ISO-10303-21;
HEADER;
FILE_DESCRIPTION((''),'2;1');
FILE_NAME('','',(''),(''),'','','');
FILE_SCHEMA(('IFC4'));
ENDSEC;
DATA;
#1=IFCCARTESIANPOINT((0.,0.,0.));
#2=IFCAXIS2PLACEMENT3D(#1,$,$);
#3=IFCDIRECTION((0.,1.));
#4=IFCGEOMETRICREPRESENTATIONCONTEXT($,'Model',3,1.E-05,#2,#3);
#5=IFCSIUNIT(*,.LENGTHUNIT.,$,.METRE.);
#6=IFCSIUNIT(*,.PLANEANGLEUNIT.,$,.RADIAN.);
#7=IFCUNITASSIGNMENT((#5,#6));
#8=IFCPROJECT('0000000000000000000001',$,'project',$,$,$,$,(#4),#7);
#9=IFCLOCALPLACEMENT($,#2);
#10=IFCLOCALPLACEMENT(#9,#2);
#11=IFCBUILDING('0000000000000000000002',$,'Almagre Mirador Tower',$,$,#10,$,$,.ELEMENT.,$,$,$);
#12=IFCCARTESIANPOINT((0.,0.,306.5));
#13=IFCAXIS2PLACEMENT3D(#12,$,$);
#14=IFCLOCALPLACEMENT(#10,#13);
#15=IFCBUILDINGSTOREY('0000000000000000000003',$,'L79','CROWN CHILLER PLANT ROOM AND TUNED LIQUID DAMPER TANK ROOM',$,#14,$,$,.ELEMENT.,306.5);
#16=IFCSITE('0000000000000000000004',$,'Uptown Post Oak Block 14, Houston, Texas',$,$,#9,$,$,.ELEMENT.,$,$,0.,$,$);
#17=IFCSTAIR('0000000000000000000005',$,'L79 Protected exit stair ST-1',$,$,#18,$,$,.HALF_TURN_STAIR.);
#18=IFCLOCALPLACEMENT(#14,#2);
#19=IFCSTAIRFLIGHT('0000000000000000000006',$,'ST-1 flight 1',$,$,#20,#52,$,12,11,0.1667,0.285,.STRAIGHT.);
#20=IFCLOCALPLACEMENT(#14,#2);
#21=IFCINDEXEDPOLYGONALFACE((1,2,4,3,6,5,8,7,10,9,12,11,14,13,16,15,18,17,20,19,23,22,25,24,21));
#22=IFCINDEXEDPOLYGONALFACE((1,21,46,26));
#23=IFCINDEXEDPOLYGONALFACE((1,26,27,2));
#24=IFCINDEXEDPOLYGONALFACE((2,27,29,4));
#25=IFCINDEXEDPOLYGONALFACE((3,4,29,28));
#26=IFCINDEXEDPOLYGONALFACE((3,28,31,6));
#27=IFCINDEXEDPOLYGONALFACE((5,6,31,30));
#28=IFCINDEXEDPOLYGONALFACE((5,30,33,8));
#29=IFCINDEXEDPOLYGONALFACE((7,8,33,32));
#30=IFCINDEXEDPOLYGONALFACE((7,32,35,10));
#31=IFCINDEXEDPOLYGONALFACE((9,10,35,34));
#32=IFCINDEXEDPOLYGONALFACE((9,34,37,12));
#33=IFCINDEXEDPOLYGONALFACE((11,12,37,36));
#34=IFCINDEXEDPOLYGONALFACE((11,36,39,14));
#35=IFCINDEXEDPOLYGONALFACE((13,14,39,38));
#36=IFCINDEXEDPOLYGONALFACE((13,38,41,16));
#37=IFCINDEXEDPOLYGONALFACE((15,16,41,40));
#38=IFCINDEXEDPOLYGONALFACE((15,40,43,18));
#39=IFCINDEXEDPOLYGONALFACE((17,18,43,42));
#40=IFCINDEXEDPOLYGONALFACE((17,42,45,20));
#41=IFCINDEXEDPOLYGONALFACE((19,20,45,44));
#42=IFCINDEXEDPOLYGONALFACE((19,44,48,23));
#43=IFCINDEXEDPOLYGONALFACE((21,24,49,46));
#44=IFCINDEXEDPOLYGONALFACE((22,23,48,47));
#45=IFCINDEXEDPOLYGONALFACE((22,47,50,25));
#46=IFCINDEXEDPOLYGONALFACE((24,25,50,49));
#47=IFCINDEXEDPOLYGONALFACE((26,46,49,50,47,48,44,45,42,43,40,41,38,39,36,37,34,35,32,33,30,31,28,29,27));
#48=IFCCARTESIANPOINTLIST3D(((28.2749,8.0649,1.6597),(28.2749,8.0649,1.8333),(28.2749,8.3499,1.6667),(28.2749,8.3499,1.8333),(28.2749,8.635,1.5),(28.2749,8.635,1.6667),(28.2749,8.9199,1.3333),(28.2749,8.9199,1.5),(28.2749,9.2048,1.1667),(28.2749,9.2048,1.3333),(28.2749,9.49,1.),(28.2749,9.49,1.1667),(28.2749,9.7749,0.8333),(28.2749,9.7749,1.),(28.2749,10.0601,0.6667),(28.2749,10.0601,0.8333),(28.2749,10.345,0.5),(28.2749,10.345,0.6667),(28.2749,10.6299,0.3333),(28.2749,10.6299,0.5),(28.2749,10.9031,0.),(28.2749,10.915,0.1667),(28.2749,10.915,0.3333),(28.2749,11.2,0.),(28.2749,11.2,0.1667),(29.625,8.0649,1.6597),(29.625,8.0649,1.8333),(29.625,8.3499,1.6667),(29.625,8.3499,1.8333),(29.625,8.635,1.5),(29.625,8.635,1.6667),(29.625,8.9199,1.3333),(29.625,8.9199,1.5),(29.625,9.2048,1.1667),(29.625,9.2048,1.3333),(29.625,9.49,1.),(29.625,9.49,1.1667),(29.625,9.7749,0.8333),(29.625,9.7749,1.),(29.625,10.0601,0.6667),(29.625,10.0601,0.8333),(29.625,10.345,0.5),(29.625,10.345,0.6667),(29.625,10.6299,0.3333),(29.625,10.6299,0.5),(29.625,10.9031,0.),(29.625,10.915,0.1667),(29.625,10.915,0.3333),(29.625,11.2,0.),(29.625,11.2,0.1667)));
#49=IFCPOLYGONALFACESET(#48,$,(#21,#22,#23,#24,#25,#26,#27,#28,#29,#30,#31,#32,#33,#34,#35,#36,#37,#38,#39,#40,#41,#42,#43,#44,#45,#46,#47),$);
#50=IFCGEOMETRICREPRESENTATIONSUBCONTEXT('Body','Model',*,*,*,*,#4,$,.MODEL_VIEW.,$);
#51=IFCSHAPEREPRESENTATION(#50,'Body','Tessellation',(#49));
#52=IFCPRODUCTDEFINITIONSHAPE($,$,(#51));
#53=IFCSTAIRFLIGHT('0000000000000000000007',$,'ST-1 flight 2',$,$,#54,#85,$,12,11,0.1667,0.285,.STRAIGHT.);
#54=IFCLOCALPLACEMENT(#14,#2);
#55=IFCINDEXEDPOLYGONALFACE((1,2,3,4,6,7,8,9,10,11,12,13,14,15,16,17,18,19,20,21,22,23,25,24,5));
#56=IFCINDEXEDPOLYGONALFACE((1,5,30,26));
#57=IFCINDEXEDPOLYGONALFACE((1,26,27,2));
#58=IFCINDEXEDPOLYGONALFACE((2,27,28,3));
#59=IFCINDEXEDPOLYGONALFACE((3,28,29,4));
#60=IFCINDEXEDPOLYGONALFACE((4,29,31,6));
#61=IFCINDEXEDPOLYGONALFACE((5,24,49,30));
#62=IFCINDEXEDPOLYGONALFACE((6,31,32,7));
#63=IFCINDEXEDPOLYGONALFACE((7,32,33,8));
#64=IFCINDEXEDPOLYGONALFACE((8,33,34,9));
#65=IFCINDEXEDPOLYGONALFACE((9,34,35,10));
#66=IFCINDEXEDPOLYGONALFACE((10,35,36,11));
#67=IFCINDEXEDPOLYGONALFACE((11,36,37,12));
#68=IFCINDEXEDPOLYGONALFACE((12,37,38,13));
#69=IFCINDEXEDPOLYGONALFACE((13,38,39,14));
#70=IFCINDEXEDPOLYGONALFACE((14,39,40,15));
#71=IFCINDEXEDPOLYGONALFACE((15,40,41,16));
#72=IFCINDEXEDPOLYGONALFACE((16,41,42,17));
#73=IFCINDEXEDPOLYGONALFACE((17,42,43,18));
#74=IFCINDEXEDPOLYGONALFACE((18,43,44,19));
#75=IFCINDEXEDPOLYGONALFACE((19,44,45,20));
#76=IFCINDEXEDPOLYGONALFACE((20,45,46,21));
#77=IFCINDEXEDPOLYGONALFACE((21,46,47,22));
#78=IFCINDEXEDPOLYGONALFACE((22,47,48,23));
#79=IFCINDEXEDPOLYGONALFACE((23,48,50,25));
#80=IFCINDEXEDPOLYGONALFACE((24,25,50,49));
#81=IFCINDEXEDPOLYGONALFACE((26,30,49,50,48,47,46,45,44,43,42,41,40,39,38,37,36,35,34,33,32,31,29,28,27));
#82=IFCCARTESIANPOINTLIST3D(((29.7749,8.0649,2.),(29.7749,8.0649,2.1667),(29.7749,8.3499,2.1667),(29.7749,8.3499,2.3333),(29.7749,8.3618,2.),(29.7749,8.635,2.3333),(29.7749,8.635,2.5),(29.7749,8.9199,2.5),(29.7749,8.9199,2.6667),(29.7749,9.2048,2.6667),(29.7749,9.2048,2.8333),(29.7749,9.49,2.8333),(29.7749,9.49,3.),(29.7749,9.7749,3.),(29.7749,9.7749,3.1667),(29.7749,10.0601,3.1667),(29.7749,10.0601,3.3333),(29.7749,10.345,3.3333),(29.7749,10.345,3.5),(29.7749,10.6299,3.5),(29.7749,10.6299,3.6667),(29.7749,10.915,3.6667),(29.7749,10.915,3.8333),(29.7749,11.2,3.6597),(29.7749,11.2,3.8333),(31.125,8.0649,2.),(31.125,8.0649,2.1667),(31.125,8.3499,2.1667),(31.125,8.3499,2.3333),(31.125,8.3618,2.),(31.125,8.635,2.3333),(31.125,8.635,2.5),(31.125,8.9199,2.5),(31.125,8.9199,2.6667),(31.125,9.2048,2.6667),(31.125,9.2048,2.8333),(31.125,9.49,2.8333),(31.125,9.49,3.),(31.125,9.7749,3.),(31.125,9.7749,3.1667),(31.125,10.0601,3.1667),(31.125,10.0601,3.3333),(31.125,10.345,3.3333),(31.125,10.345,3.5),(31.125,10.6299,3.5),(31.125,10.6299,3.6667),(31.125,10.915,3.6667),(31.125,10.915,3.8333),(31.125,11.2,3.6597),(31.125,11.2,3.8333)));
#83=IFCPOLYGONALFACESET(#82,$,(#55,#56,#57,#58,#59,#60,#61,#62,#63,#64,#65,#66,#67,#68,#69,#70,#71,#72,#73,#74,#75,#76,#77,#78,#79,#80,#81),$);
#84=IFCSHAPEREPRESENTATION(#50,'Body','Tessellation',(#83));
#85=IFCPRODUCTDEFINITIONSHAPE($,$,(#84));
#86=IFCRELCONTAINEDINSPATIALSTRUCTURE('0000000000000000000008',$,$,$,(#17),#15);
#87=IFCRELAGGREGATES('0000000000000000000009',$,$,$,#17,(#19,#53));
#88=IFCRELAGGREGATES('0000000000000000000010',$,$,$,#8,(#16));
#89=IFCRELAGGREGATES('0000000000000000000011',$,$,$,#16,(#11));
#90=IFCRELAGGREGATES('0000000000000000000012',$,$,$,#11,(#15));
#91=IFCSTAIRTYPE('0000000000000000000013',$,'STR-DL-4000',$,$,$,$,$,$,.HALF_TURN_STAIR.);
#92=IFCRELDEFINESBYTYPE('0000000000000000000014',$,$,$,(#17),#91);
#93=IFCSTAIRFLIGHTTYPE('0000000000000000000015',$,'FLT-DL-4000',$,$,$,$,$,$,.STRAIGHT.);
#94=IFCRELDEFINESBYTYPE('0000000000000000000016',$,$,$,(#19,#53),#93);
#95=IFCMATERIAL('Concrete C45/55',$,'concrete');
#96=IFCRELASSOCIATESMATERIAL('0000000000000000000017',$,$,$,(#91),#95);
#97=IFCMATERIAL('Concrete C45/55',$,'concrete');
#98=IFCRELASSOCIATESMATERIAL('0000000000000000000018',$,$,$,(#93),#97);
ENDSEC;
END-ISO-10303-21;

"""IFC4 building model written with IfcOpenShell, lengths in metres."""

from ifc_helpers import new_model, si_unit, direction, frame, origin, place, context, subcontext, project, spatial, polyline, outline, extrude, material, type_object, element, aggregate, save


model = new_model("IFC4")

# Units and contexts
model_context = context("Model", 3, precision=1e-05, world=origin(), true_north=direction((0.0, 1.0)))
body_context = subcontext(model_context, "Body", "Model", "MODEL_VIEW")
ifc_project = project(units=[si_unit("LENGTHUNIT", "METRE"), si_unit("PLANEANGLEUNIT", "RADIAN")], contexts=[model_context])

# Site, building, storey
site_placement = place(None, origin())
site = spatial("IfcSite", under=ifc_project, at=site_placement, Name="Uptown Post Oak Block 14, Houston, Texas", CompositionType="ELEMENT", RefElevation=0.0)
building_placement = place(site_placement, origin())
building = spatial("IfcBuilding", under=site, at=building_placement, Name="Almagre Mirador Tower", CompositionType="ELEMENT")
storey_placement = place(building_placement, frame((0.0, 0.0, 306.5)))
storey = spatial("IfcBuildingStorey", under=building, at=storey_placement, Name="L79", Description="CROWN CHILLER PLANT ROOM AND TUNED LIQUID DAMPER TANK ROOM", CompositionType="ELEMENT", Elevation=306.5)

# Stair, stair flights
ifc_material_1 = material(Name="Concrete C45/55", Category="concrete")
stair_type = type_object("IfcStairType", Name="STR-DL-4000", PredefinedType="HALF_TURN_STAIR", material=ifc_material_1)
stair_placement = place(storey_placement, origin())
stair = element("IfcStair", 1, at=stair_placement, inside=storey, type_object=stair_type, Name="L79 Protected exit stair ST-1", PredefinedType="HALF_TURN_STAIR")
ifc_material_2 = material(Name="Concrete C45/55", Category="concrete")
stair_flight_type = type_object("IfcStairFlightType", Name="FLT-DL-4000", PredefinedType="STRAIGHT", material=ifc_material_2)
stair_flight_1_placement = place(storey_placement, frame((28.95, 11.2, 0.0), z_axis=(0.0, 0.0, 1.0), x_axis=(0.0, -1.0, 0.0)))
stair_flight_1 = element("IfcStairFlight", 2, at=stair_flight_1_placement, type_object=stair_flight_type, Name="ST-1 flight 1", NumberOfRisers=12, NumberOfTreads=11, PredefinedType="STRAIGHT", RiserHeight=0.1667, TreadLength=0.285, context=body_context, shape_type="SweptSolid", body=[
    extrude(outline(polyline([(0.0, 0.0), (0.0, 0.1667), (0.2849, 0.1667), (0.2849, 0.3333), (0.5701, 0.3333), (0.5701, 0.5), (0.855, 0.5), (0.855, 0.6667), (1.1399, 0.6667), (1.1399, 0.8333), (1.425, 0.8333), (1.425, 1.0), (1.71, 1.0), (1.71, 1.1667), (1.9951, 1.1667), (1.9951, 1.3333), (2.28, 1.3333), (2.28, 1.5), (2.5649, 1.5), (2.5649, 1.6667), (2.8501, 1.6667), (2.8501, 1.8333), (3.135, 1.8333), (3.135, 2.0), (3.135, 1.6597), (0.2969, 0.0), (0.0, 0.0)])), frame((0.0, 0.675, 0.0), z_axis=(0.0, -1.0, 0.0), x_axis=(1.0, 0.0, 0.0)), (0.0, 0.0, 1.0), 1.3501),
])
stair_flight_2_placement = place(storey_placement, frame((30.45, 8.0649, 2.0), z_axis=(0.0, 0.0, 1.0), x_axis=(0.0, 1.0, 0.0)))
stair_flight_2 = element("IfcStairFlight", 3, at=stair_flight_2_placement, type_object=stair_flight_type, Name="ST-1 flight 2", NumberOfRisers=12, NumberOfTreads=11, PredefinedType="STRAIGHT", RiserHeight=0.1667, TreadLength=0.285, context=body_context, shape_type="SweptSolid", body=[
    extrude(outline(polyline([(0.0, 0.0), (0.0, 0.1667), (0.2849, 0.1667), (0.2849, 0.3333), (0.5701, 0.3333), (0.5701, 0.5), (0.855, 0.5), (0.855, 0.6667), (1.1399, 0.6667), (1.1399, 0.8333), (1.425, 0.8333), (1.425, 1.0), (1.71, 1.0), (1.71, 1.1667), (1.9951, 1.1667), (1.9951, 1.3333), (2.28, 1.3333), (2.28, 1.5), (2.5649, 1.5), (2.5649, 1.6667), (2.8501, 1.6667), (2.8501, 1.8333), (3.135, 1.8333), (3.135, 2.0), (3.135, 1.6597), (0.2969, 0.0), (0.0, 0.0)])), frame((0.0, 0.675, 0.0), z_axis=(0.0, -1.0, 0.0), x_axis=(1.0, 0.0, 0.0)), (0.0, 0.0, 1.0), 1.3501),
])
aggregate(stair, [stair_flight_1, stair_flight_2])

save(model, "model.ifc")
